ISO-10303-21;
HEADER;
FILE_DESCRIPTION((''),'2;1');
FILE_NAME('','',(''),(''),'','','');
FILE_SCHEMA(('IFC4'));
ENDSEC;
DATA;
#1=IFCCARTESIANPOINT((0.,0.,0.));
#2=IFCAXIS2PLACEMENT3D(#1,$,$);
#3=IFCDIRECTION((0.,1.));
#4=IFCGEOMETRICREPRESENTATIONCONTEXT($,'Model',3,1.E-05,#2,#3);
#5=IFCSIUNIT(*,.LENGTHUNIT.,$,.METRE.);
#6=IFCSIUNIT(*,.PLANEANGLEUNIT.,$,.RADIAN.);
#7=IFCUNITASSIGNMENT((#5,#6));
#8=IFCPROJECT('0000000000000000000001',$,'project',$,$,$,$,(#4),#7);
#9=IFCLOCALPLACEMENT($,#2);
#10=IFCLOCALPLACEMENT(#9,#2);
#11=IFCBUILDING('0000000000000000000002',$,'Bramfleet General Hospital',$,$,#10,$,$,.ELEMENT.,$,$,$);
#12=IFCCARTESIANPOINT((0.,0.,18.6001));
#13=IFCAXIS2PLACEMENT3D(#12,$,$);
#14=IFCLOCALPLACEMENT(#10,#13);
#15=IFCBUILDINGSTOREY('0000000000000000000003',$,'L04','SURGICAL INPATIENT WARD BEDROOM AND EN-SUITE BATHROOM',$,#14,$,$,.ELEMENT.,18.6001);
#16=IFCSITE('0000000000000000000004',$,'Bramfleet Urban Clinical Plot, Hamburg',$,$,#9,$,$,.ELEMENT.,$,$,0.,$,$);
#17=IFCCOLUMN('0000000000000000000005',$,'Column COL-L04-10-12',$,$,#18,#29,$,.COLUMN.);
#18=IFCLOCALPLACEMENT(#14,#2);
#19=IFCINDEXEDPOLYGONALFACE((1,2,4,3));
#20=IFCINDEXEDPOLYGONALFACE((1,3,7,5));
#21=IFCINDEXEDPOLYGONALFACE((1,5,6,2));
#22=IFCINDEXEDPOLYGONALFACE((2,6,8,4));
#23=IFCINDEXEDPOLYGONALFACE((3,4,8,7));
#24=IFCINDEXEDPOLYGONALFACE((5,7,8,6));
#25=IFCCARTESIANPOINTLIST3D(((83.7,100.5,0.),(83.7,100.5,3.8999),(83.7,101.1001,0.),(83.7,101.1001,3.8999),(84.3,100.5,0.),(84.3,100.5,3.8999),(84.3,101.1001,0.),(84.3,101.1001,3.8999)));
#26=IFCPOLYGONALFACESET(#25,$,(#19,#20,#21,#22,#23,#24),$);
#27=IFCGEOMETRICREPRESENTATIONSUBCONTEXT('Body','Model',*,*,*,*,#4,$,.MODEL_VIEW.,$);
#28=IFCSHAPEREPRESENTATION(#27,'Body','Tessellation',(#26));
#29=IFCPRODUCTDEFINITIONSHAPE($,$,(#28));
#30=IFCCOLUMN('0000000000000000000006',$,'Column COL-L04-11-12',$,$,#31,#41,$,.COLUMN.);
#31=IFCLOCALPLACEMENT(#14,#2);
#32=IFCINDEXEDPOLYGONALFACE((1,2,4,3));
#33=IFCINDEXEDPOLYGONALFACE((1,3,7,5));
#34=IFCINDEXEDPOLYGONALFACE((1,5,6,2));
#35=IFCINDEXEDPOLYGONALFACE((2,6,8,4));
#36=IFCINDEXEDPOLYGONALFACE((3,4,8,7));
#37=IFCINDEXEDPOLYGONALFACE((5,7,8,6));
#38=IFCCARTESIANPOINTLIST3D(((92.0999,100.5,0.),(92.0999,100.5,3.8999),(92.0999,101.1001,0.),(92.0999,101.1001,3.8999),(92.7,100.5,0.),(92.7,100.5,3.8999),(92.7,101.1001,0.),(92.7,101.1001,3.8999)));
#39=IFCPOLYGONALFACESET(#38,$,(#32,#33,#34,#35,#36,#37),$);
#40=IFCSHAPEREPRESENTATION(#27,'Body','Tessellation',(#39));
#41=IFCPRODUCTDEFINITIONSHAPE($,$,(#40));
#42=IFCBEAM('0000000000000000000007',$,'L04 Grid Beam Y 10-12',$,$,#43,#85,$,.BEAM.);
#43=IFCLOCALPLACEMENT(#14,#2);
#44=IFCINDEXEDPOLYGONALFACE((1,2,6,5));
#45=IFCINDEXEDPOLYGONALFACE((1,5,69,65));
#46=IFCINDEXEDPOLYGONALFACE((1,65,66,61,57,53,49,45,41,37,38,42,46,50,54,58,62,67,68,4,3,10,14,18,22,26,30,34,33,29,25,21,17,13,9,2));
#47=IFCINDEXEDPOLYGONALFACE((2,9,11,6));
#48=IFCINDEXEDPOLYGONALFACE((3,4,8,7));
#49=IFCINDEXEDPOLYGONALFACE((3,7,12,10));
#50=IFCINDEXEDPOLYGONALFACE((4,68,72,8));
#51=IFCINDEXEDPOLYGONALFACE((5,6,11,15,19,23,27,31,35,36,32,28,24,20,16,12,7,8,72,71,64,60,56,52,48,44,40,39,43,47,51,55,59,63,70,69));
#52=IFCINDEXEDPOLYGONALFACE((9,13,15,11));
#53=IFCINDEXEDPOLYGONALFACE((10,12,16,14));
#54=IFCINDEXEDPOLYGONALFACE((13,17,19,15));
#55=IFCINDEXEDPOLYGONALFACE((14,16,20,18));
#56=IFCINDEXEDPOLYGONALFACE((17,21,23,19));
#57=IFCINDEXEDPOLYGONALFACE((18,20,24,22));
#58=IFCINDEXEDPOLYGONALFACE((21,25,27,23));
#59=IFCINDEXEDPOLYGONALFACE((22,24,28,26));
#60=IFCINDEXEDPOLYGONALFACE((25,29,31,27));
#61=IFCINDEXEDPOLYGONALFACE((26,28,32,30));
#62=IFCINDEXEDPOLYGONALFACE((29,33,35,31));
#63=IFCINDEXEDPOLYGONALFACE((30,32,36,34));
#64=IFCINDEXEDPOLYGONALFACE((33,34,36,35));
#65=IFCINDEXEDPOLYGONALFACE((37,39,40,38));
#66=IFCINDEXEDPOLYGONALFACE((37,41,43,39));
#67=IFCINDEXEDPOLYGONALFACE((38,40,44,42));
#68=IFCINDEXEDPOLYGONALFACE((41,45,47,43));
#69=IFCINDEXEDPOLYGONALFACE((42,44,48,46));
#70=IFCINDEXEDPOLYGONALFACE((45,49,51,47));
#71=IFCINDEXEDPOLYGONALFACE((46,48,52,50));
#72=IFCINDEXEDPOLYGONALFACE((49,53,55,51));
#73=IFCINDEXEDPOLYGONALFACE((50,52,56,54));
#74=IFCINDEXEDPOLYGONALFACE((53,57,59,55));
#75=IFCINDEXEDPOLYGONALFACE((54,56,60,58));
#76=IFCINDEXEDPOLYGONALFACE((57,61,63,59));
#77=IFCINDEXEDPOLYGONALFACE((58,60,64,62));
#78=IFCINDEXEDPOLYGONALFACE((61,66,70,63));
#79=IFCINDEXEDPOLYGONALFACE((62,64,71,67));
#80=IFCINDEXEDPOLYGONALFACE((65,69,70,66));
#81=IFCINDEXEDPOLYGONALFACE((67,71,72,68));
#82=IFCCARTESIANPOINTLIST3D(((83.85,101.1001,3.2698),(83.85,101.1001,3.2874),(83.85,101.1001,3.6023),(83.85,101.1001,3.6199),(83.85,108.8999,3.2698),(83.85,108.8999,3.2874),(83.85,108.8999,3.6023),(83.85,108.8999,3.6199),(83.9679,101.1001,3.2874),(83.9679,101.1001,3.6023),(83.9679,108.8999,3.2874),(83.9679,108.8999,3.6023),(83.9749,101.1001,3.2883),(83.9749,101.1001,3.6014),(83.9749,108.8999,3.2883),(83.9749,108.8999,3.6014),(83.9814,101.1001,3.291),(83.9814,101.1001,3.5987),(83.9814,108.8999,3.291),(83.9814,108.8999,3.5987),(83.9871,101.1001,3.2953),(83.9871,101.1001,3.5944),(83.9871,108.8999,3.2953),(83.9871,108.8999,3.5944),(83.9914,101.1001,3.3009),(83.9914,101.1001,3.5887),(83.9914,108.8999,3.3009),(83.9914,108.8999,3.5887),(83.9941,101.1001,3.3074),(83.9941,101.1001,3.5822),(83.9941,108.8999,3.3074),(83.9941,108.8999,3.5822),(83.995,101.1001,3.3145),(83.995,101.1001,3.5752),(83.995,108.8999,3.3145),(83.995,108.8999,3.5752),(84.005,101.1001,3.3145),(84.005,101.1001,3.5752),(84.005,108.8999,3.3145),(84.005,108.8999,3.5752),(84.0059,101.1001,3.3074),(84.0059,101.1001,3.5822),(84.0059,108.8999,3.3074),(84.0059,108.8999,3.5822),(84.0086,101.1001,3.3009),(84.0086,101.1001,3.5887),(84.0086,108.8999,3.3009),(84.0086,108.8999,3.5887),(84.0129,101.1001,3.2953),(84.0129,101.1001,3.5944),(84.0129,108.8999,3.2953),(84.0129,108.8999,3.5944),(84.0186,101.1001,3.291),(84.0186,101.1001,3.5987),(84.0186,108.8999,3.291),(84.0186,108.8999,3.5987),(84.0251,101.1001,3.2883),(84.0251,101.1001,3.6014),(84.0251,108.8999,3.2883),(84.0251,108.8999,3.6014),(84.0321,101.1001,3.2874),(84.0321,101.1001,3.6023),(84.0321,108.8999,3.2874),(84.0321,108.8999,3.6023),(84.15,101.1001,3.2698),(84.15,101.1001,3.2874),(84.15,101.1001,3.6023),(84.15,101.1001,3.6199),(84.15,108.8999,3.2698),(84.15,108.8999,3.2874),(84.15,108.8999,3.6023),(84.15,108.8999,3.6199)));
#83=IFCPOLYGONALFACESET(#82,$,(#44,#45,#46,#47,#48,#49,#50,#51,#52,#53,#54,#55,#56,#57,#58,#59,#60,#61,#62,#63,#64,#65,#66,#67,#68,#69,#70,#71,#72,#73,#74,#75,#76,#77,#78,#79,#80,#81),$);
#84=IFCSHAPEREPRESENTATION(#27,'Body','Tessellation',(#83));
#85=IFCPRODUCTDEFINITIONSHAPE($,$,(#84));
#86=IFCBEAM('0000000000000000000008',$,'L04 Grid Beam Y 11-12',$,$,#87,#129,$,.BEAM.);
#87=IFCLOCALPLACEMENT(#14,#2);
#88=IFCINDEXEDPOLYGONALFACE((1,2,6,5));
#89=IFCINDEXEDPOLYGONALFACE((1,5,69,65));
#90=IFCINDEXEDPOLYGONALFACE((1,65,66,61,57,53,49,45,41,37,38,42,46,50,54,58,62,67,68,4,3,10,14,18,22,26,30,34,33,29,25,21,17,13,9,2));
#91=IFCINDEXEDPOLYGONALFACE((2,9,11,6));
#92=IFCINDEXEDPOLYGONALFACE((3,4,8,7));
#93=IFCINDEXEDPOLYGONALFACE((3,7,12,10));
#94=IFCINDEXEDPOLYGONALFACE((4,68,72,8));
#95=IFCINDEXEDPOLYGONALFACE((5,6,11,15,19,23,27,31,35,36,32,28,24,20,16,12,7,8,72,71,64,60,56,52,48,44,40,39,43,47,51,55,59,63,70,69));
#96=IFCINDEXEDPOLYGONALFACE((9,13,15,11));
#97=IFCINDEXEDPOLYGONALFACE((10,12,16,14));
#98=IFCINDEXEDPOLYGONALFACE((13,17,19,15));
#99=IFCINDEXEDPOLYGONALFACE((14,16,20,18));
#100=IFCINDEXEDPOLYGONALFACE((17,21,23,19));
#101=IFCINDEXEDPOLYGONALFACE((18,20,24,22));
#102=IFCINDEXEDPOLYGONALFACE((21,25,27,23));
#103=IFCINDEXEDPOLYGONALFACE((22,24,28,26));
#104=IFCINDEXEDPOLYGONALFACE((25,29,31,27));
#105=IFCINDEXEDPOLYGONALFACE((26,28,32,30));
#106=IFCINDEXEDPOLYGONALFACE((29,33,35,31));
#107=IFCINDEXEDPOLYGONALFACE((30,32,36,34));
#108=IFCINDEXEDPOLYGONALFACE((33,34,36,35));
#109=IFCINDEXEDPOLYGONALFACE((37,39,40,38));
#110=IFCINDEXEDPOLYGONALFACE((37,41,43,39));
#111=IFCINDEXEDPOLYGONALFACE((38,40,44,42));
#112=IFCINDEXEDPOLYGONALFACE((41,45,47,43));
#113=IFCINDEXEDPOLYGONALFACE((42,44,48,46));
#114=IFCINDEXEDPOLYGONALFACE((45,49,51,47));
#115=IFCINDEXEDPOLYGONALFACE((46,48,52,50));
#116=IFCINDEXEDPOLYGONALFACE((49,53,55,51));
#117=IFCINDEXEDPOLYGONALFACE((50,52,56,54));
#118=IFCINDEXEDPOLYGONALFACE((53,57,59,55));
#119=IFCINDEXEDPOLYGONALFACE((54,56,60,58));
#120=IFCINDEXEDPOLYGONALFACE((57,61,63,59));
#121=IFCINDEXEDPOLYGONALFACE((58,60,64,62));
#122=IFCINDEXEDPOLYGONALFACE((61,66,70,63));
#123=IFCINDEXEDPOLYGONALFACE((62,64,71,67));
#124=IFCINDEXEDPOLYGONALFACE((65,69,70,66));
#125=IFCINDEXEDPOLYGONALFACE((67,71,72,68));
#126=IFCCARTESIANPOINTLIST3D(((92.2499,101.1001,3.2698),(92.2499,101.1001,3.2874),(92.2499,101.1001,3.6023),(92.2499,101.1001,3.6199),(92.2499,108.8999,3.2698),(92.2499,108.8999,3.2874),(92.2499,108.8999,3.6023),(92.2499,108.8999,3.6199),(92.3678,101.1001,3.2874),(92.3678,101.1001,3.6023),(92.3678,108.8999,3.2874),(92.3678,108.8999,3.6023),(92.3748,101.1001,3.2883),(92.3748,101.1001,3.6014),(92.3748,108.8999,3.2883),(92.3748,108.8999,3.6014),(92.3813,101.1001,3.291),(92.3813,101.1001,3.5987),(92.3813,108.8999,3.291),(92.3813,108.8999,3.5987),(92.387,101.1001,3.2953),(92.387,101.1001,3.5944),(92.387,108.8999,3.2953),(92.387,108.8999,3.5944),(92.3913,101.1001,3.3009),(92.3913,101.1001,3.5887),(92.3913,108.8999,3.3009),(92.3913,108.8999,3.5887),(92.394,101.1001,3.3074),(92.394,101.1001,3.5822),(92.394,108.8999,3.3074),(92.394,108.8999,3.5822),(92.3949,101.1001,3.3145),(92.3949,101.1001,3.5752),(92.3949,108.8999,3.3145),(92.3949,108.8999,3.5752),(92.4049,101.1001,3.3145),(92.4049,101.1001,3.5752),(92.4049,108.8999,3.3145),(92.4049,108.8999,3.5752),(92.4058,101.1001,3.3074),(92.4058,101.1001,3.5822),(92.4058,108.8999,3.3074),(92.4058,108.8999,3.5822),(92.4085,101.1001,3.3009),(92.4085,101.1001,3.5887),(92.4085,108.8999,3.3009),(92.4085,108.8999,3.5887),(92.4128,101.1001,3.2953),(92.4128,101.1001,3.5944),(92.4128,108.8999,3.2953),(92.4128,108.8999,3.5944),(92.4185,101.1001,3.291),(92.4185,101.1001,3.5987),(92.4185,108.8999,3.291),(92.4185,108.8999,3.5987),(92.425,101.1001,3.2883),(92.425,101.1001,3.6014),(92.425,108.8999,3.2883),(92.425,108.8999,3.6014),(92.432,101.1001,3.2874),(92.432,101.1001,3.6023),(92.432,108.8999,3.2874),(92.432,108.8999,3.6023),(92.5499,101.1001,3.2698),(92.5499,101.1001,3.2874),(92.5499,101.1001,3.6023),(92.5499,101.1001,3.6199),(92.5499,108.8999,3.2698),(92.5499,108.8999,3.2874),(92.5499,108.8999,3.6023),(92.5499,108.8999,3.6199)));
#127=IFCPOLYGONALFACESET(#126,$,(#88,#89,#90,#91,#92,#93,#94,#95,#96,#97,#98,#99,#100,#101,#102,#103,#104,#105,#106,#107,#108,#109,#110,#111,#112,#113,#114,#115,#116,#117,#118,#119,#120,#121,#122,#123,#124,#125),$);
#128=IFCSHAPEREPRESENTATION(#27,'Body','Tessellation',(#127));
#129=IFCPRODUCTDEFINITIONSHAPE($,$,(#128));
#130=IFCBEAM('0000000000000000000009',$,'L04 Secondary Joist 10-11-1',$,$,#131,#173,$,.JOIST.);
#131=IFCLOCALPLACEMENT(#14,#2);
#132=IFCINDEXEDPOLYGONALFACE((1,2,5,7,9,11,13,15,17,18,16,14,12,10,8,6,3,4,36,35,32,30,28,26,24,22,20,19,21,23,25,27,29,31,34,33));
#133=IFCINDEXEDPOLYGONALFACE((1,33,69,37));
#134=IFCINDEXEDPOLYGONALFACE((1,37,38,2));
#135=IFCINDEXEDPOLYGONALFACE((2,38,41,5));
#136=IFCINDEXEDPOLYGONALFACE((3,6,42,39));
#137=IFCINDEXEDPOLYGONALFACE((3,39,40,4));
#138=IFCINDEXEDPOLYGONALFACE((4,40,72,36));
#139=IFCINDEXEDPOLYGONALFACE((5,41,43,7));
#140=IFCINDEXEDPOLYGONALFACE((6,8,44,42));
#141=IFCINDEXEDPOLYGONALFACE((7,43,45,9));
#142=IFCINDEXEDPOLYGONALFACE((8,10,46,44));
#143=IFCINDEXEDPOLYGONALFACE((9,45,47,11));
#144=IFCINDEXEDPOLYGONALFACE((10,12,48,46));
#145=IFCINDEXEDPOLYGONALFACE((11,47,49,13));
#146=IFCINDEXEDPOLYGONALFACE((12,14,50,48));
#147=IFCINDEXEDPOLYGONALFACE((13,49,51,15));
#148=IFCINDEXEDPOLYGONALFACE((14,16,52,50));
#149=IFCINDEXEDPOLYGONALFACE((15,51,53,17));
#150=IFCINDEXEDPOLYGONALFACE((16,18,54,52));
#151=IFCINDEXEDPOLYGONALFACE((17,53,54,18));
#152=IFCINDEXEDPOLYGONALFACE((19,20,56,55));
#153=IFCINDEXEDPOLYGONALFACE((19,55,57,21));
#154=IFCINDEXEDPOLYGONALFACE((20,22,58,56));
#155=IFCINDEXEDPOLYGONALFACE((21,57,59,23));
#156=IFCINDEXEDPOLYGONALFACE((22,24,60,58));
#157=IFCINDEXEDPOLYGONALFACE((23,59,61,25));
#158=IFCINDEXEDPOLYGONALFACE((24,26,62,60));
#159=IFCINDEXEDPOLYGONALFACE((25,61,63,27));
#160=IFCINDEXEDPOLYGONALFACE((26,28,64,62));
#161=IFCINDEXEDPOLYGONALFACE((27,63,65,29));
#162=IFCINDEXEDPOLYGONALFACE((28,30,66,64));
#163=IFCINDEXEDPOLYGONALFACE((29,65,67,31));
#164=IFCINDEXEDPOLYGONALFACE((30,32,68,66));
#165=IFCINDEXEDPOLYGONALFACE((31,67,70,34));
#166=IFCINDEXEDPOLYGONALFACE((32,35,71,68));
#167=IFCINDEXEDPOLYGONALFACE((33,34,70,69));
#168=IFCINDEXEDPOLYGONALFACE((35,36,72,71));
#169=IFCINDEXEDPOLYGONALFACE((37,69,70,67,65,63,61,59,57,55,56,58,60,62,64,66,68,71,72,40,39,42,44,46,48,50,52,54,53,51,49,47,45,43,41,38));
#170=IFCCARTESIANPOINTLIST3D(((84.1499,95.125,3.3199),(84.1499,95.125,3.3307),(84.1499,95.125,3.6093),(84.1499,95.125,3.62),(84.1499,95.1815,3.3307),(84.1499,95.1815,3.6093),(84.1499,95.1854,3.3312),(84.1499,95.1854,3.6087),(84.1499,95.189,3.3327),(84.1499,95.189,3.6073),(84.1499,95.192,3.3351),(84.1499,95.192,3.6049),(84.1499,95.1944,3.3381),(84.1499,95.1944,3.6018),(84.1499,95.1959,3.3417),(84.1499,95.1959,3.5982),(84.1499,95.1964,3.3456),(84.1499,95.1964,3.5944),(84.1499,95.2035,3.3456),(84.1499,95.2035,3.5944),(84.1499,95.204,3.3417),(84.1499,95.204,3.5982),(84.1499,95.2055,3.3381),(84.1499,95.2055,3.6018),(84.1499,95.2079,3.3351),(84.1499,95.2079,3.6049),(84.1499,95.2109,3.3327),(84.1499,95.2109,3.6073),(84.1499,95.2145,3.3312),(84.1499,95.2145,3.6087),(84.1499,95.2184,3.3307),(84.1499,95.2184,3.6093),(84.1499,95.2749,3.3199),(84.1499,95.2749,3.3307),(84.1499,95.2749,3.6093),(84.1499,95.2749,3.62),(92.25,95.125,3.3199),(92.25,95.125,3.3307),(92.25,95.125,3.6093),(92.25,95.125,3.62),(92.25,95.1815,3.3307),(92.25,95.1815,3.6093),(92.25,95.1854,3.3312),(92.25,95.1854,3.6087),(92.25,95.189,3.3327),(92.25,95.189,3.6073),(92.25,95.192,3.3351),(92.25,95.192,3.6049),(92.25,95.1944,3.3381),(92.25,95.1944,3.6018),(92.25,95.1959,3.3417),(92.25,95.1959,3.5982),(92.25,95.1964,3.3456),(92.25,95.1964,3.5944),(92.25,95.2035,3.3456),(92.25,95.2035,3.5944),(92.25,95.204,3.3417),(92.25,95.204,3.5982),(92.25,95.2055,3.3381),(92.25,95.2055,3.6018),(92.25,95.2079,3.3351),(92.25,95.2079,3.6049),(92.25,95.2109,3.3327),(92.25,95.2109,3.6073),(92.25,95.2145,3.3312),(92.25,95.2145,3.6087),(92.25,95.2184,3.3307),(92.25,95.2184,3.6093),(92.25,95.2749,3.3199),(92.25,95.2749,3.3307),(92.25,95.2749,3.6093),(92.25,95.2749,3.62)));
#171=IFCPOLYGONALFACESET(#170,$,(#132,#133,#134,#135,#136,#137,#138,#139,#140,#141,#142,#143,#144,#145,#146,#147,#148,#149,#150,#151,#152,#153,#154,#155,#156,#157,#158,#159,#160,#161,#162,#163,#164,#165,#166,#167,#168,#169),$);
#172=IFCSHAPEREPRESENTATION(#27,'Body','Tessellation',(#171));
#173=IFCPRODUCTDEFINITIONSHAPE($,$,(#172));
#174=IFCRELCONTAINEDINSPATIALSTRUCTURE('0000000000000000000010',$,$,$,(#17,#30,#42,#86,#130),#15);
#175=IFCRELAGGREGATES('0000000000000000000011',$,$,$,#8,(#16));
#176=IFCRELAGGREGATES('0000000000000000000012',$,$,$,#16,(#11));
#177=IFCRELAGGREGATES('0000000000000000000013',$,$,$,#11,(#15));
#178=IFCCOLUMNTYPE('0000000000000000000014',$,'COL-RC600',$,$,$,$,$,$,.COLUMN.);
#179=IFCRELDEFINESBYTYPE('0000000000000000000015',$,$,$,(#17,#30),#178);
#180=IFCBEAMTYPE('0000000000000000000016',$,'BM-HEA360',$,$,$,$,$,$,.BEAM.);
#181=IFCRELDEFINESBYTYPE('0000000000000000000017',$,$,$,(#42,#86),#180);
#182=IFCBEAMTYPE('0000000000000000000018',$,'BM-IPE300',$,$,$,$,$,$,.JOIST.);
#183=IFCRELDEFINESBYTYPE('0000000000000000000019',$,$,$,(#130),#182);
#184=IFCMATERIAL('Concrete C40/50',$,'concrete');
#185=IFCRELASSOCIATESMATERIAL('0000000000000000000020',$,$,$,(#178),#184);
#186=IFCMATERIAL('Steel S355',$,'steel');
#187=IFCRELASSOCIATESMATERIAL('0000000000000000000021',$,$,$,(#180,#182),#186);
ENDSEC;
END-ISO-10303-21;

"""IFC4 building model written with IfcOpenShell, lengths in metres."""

from ifc_helpers import new_model, si_unit, direction, frame, origin, origin_2d, place, context, subcontext, project, spatial, rectangle, i_section, extrude, material, material_profile, profile_set, type_object, element, save


model = new_model("IFC4")

# Units and contexts
model_context = context("Model", 3, precision=1e-05, world=origin(), true_north=direction((0.0, 1.0)))
body_context = subcontext(model_context, "Body", "Model", "MODEL_VIEW")
ifc_project = project(units=[si_unit("LENGTHUNIT", "METRE"), si_unit("PLANEANGLEUNIT", "RADIAN")], contexts=[model_context])

# Site, building, storey
site_placement = place(None, origin())
site = spatial("IfcSite", under=ifc_project, at=site_placement, Name="Bramfleet Urban Clinical Plot, Hamburg", CompositionType="ELEMENT", RefElevation=0.0)
building_placement = place(site_placement, origin())
building = spatial("IfcBuilding", under=site, at=building_placement, Name="Bramfleet General Hospital", CompositionType="ELEMENT")
storey_placement = place(building_placement, frame((0.0, 0.0, 18.6001)))
storey = spatial("IfcBuildingStorey", under=building, at=storey_placement, Name="L04", Description="SURGICAL INPATIENT WARD BEDROOM AND EN-SUITE BATHROOM", CompositionType="ELEMENT", Elevation=18.6001)

# Columns
ifc_material_1 = material(Name="Concrete C40/50", Category="concrete")
ifc_material_profile_1 = material_profile(ifc_material_1, rectangle(XDim=0.6001, YDim=0.6001, at=origin_2d()), Name="RC COL 600x600")
ifc_profile_set_1 = profile_set([ifc_material_profile_1], Name="Concrete C40/50")
column_type = type_object("IfcColumnType", Name="COL-RC600", PredefinedType="COLUMN", material=ifc_profile_set_1)
for number, where, z_axis, x_axis, name in (
    (1, (84.0, 100.8, 0.0), (0.0, 0.0, 1.0), (1.0, 0.0, 0.0), "Column COL-L04-10-12"),
    (2, (92.3999, 100.8, 0.0), (0.0, 0.0, 1.0), (1.0, 0.0, 0.0), "Column COL-L04-11-12"),
):
    element("IfcColumn", number, at=place(storey_placement, frame(where, z_axis=z_axis, x_axis=x_axis)), inside=storey, type_object=column_type, Name=name, PredefinedType="COLUMN", context=body_context, shape_type="SweptSolid", body=[
        extrude(rectangle(XDim=0.6001, YDim=0.6001, at=origin_2d()), origin(), (0.0, 0.0, 1.0), 3.8999),
    ])

# Beams
ifc_material_2 = material(Name="Steel S355", Category="steel")
ifc_material_profile_2 = material_profile(ifc_material_2, i_section(OverallWidth=0.3, OverallDepth=0.3501, WebThickness=0.01, FlangeThickness=0.0176, FilletRadius=0.0271, at=origin_2d()), Name="HEA 360")
ifc_profile_set_2 = profile_set([ifc_material_profile_2], Name="Steel S355")
beam_type_1 = type_object("IfcBeamType", Name="BM-HEA360", PredefinedType="BEAM", material=ifc_profile_set_2)
for number, where, z_axis, x_axis, name in (
    (3, (84.0, 101.1001, 3.4448), (0.0, 1.0, 0.0), (-1.0, 0.0, 0.0), "L04 Grid Beam Y 10-12"),
    (4, (92.3999, 101.1001, 3.4448), (0.0, 1.0, 0.0), (-1.0, 0.0, 0.0), "L04 Grid Beam Y 11-12"),
):
    element("IfcBeam", number, at=place(storey_placement, frame(where, z_axis=z_axis, x_axis=x_axis)), inside=storey, type_object=beam_type_1, Name=name, PredefinedType="BEAM", context=body_context, shape_type="SweptSolid", body=[
        extrude(i_section(OverallWidth=0.3, OverallDepth=0.3501, WebThickness=0.01, FlangeThickness=0.0176, FilletRadius=0.0271, at=origin_2d()), origin(), (0.0, 0.0, 1.0), 7.7998),
    ])
ifc_material_profile_3 = material_profile(ifc_material_2, i_section(OverallWidth=0.1499, OverallDepth=0.3, WebThickness=0.0071, FlangeThickness=0.0107, FilletRadius=0.0149, at=origin_2d()), Name="IPE 300")
ifc_profile_set_3 = profile_set([ifc_material_profile_3], Name="Steel S355")
beam_type_2 = type_object("IfcBeamType", Name="BM-IPE300", PredefinedType="JOIST", material=ifc_profile_set_3)
for number, where, z_axis, x_axis, name in (
    (5, (84.1499, 95.2, 3.47), (1.0, 0.0, 0.0), (0.0, 1.0, 0.0), "L04 Secondary Joist 10-11-1"),
):
    element("IfcBeam", number, at=place(storey_placement, frame(where, z_axis=z_axis, x_axis=x_axis)), inside=storey, type_object=beam_type_2, Name=name, PredefinedType="JOIST", context=body_context, shape_type="SweptSolid", body=[
        extrude(i_section(OverallWidth=0.1499, OverallDepth=0.3, WebThickness=0.0071, FlangeThickness=0.0107, FilletRadius=0.0149, at=origin_2d()), origin(), (0.0, 0.0, 1.0), 8.1001),
    ])

save(model, "model.ifc")
